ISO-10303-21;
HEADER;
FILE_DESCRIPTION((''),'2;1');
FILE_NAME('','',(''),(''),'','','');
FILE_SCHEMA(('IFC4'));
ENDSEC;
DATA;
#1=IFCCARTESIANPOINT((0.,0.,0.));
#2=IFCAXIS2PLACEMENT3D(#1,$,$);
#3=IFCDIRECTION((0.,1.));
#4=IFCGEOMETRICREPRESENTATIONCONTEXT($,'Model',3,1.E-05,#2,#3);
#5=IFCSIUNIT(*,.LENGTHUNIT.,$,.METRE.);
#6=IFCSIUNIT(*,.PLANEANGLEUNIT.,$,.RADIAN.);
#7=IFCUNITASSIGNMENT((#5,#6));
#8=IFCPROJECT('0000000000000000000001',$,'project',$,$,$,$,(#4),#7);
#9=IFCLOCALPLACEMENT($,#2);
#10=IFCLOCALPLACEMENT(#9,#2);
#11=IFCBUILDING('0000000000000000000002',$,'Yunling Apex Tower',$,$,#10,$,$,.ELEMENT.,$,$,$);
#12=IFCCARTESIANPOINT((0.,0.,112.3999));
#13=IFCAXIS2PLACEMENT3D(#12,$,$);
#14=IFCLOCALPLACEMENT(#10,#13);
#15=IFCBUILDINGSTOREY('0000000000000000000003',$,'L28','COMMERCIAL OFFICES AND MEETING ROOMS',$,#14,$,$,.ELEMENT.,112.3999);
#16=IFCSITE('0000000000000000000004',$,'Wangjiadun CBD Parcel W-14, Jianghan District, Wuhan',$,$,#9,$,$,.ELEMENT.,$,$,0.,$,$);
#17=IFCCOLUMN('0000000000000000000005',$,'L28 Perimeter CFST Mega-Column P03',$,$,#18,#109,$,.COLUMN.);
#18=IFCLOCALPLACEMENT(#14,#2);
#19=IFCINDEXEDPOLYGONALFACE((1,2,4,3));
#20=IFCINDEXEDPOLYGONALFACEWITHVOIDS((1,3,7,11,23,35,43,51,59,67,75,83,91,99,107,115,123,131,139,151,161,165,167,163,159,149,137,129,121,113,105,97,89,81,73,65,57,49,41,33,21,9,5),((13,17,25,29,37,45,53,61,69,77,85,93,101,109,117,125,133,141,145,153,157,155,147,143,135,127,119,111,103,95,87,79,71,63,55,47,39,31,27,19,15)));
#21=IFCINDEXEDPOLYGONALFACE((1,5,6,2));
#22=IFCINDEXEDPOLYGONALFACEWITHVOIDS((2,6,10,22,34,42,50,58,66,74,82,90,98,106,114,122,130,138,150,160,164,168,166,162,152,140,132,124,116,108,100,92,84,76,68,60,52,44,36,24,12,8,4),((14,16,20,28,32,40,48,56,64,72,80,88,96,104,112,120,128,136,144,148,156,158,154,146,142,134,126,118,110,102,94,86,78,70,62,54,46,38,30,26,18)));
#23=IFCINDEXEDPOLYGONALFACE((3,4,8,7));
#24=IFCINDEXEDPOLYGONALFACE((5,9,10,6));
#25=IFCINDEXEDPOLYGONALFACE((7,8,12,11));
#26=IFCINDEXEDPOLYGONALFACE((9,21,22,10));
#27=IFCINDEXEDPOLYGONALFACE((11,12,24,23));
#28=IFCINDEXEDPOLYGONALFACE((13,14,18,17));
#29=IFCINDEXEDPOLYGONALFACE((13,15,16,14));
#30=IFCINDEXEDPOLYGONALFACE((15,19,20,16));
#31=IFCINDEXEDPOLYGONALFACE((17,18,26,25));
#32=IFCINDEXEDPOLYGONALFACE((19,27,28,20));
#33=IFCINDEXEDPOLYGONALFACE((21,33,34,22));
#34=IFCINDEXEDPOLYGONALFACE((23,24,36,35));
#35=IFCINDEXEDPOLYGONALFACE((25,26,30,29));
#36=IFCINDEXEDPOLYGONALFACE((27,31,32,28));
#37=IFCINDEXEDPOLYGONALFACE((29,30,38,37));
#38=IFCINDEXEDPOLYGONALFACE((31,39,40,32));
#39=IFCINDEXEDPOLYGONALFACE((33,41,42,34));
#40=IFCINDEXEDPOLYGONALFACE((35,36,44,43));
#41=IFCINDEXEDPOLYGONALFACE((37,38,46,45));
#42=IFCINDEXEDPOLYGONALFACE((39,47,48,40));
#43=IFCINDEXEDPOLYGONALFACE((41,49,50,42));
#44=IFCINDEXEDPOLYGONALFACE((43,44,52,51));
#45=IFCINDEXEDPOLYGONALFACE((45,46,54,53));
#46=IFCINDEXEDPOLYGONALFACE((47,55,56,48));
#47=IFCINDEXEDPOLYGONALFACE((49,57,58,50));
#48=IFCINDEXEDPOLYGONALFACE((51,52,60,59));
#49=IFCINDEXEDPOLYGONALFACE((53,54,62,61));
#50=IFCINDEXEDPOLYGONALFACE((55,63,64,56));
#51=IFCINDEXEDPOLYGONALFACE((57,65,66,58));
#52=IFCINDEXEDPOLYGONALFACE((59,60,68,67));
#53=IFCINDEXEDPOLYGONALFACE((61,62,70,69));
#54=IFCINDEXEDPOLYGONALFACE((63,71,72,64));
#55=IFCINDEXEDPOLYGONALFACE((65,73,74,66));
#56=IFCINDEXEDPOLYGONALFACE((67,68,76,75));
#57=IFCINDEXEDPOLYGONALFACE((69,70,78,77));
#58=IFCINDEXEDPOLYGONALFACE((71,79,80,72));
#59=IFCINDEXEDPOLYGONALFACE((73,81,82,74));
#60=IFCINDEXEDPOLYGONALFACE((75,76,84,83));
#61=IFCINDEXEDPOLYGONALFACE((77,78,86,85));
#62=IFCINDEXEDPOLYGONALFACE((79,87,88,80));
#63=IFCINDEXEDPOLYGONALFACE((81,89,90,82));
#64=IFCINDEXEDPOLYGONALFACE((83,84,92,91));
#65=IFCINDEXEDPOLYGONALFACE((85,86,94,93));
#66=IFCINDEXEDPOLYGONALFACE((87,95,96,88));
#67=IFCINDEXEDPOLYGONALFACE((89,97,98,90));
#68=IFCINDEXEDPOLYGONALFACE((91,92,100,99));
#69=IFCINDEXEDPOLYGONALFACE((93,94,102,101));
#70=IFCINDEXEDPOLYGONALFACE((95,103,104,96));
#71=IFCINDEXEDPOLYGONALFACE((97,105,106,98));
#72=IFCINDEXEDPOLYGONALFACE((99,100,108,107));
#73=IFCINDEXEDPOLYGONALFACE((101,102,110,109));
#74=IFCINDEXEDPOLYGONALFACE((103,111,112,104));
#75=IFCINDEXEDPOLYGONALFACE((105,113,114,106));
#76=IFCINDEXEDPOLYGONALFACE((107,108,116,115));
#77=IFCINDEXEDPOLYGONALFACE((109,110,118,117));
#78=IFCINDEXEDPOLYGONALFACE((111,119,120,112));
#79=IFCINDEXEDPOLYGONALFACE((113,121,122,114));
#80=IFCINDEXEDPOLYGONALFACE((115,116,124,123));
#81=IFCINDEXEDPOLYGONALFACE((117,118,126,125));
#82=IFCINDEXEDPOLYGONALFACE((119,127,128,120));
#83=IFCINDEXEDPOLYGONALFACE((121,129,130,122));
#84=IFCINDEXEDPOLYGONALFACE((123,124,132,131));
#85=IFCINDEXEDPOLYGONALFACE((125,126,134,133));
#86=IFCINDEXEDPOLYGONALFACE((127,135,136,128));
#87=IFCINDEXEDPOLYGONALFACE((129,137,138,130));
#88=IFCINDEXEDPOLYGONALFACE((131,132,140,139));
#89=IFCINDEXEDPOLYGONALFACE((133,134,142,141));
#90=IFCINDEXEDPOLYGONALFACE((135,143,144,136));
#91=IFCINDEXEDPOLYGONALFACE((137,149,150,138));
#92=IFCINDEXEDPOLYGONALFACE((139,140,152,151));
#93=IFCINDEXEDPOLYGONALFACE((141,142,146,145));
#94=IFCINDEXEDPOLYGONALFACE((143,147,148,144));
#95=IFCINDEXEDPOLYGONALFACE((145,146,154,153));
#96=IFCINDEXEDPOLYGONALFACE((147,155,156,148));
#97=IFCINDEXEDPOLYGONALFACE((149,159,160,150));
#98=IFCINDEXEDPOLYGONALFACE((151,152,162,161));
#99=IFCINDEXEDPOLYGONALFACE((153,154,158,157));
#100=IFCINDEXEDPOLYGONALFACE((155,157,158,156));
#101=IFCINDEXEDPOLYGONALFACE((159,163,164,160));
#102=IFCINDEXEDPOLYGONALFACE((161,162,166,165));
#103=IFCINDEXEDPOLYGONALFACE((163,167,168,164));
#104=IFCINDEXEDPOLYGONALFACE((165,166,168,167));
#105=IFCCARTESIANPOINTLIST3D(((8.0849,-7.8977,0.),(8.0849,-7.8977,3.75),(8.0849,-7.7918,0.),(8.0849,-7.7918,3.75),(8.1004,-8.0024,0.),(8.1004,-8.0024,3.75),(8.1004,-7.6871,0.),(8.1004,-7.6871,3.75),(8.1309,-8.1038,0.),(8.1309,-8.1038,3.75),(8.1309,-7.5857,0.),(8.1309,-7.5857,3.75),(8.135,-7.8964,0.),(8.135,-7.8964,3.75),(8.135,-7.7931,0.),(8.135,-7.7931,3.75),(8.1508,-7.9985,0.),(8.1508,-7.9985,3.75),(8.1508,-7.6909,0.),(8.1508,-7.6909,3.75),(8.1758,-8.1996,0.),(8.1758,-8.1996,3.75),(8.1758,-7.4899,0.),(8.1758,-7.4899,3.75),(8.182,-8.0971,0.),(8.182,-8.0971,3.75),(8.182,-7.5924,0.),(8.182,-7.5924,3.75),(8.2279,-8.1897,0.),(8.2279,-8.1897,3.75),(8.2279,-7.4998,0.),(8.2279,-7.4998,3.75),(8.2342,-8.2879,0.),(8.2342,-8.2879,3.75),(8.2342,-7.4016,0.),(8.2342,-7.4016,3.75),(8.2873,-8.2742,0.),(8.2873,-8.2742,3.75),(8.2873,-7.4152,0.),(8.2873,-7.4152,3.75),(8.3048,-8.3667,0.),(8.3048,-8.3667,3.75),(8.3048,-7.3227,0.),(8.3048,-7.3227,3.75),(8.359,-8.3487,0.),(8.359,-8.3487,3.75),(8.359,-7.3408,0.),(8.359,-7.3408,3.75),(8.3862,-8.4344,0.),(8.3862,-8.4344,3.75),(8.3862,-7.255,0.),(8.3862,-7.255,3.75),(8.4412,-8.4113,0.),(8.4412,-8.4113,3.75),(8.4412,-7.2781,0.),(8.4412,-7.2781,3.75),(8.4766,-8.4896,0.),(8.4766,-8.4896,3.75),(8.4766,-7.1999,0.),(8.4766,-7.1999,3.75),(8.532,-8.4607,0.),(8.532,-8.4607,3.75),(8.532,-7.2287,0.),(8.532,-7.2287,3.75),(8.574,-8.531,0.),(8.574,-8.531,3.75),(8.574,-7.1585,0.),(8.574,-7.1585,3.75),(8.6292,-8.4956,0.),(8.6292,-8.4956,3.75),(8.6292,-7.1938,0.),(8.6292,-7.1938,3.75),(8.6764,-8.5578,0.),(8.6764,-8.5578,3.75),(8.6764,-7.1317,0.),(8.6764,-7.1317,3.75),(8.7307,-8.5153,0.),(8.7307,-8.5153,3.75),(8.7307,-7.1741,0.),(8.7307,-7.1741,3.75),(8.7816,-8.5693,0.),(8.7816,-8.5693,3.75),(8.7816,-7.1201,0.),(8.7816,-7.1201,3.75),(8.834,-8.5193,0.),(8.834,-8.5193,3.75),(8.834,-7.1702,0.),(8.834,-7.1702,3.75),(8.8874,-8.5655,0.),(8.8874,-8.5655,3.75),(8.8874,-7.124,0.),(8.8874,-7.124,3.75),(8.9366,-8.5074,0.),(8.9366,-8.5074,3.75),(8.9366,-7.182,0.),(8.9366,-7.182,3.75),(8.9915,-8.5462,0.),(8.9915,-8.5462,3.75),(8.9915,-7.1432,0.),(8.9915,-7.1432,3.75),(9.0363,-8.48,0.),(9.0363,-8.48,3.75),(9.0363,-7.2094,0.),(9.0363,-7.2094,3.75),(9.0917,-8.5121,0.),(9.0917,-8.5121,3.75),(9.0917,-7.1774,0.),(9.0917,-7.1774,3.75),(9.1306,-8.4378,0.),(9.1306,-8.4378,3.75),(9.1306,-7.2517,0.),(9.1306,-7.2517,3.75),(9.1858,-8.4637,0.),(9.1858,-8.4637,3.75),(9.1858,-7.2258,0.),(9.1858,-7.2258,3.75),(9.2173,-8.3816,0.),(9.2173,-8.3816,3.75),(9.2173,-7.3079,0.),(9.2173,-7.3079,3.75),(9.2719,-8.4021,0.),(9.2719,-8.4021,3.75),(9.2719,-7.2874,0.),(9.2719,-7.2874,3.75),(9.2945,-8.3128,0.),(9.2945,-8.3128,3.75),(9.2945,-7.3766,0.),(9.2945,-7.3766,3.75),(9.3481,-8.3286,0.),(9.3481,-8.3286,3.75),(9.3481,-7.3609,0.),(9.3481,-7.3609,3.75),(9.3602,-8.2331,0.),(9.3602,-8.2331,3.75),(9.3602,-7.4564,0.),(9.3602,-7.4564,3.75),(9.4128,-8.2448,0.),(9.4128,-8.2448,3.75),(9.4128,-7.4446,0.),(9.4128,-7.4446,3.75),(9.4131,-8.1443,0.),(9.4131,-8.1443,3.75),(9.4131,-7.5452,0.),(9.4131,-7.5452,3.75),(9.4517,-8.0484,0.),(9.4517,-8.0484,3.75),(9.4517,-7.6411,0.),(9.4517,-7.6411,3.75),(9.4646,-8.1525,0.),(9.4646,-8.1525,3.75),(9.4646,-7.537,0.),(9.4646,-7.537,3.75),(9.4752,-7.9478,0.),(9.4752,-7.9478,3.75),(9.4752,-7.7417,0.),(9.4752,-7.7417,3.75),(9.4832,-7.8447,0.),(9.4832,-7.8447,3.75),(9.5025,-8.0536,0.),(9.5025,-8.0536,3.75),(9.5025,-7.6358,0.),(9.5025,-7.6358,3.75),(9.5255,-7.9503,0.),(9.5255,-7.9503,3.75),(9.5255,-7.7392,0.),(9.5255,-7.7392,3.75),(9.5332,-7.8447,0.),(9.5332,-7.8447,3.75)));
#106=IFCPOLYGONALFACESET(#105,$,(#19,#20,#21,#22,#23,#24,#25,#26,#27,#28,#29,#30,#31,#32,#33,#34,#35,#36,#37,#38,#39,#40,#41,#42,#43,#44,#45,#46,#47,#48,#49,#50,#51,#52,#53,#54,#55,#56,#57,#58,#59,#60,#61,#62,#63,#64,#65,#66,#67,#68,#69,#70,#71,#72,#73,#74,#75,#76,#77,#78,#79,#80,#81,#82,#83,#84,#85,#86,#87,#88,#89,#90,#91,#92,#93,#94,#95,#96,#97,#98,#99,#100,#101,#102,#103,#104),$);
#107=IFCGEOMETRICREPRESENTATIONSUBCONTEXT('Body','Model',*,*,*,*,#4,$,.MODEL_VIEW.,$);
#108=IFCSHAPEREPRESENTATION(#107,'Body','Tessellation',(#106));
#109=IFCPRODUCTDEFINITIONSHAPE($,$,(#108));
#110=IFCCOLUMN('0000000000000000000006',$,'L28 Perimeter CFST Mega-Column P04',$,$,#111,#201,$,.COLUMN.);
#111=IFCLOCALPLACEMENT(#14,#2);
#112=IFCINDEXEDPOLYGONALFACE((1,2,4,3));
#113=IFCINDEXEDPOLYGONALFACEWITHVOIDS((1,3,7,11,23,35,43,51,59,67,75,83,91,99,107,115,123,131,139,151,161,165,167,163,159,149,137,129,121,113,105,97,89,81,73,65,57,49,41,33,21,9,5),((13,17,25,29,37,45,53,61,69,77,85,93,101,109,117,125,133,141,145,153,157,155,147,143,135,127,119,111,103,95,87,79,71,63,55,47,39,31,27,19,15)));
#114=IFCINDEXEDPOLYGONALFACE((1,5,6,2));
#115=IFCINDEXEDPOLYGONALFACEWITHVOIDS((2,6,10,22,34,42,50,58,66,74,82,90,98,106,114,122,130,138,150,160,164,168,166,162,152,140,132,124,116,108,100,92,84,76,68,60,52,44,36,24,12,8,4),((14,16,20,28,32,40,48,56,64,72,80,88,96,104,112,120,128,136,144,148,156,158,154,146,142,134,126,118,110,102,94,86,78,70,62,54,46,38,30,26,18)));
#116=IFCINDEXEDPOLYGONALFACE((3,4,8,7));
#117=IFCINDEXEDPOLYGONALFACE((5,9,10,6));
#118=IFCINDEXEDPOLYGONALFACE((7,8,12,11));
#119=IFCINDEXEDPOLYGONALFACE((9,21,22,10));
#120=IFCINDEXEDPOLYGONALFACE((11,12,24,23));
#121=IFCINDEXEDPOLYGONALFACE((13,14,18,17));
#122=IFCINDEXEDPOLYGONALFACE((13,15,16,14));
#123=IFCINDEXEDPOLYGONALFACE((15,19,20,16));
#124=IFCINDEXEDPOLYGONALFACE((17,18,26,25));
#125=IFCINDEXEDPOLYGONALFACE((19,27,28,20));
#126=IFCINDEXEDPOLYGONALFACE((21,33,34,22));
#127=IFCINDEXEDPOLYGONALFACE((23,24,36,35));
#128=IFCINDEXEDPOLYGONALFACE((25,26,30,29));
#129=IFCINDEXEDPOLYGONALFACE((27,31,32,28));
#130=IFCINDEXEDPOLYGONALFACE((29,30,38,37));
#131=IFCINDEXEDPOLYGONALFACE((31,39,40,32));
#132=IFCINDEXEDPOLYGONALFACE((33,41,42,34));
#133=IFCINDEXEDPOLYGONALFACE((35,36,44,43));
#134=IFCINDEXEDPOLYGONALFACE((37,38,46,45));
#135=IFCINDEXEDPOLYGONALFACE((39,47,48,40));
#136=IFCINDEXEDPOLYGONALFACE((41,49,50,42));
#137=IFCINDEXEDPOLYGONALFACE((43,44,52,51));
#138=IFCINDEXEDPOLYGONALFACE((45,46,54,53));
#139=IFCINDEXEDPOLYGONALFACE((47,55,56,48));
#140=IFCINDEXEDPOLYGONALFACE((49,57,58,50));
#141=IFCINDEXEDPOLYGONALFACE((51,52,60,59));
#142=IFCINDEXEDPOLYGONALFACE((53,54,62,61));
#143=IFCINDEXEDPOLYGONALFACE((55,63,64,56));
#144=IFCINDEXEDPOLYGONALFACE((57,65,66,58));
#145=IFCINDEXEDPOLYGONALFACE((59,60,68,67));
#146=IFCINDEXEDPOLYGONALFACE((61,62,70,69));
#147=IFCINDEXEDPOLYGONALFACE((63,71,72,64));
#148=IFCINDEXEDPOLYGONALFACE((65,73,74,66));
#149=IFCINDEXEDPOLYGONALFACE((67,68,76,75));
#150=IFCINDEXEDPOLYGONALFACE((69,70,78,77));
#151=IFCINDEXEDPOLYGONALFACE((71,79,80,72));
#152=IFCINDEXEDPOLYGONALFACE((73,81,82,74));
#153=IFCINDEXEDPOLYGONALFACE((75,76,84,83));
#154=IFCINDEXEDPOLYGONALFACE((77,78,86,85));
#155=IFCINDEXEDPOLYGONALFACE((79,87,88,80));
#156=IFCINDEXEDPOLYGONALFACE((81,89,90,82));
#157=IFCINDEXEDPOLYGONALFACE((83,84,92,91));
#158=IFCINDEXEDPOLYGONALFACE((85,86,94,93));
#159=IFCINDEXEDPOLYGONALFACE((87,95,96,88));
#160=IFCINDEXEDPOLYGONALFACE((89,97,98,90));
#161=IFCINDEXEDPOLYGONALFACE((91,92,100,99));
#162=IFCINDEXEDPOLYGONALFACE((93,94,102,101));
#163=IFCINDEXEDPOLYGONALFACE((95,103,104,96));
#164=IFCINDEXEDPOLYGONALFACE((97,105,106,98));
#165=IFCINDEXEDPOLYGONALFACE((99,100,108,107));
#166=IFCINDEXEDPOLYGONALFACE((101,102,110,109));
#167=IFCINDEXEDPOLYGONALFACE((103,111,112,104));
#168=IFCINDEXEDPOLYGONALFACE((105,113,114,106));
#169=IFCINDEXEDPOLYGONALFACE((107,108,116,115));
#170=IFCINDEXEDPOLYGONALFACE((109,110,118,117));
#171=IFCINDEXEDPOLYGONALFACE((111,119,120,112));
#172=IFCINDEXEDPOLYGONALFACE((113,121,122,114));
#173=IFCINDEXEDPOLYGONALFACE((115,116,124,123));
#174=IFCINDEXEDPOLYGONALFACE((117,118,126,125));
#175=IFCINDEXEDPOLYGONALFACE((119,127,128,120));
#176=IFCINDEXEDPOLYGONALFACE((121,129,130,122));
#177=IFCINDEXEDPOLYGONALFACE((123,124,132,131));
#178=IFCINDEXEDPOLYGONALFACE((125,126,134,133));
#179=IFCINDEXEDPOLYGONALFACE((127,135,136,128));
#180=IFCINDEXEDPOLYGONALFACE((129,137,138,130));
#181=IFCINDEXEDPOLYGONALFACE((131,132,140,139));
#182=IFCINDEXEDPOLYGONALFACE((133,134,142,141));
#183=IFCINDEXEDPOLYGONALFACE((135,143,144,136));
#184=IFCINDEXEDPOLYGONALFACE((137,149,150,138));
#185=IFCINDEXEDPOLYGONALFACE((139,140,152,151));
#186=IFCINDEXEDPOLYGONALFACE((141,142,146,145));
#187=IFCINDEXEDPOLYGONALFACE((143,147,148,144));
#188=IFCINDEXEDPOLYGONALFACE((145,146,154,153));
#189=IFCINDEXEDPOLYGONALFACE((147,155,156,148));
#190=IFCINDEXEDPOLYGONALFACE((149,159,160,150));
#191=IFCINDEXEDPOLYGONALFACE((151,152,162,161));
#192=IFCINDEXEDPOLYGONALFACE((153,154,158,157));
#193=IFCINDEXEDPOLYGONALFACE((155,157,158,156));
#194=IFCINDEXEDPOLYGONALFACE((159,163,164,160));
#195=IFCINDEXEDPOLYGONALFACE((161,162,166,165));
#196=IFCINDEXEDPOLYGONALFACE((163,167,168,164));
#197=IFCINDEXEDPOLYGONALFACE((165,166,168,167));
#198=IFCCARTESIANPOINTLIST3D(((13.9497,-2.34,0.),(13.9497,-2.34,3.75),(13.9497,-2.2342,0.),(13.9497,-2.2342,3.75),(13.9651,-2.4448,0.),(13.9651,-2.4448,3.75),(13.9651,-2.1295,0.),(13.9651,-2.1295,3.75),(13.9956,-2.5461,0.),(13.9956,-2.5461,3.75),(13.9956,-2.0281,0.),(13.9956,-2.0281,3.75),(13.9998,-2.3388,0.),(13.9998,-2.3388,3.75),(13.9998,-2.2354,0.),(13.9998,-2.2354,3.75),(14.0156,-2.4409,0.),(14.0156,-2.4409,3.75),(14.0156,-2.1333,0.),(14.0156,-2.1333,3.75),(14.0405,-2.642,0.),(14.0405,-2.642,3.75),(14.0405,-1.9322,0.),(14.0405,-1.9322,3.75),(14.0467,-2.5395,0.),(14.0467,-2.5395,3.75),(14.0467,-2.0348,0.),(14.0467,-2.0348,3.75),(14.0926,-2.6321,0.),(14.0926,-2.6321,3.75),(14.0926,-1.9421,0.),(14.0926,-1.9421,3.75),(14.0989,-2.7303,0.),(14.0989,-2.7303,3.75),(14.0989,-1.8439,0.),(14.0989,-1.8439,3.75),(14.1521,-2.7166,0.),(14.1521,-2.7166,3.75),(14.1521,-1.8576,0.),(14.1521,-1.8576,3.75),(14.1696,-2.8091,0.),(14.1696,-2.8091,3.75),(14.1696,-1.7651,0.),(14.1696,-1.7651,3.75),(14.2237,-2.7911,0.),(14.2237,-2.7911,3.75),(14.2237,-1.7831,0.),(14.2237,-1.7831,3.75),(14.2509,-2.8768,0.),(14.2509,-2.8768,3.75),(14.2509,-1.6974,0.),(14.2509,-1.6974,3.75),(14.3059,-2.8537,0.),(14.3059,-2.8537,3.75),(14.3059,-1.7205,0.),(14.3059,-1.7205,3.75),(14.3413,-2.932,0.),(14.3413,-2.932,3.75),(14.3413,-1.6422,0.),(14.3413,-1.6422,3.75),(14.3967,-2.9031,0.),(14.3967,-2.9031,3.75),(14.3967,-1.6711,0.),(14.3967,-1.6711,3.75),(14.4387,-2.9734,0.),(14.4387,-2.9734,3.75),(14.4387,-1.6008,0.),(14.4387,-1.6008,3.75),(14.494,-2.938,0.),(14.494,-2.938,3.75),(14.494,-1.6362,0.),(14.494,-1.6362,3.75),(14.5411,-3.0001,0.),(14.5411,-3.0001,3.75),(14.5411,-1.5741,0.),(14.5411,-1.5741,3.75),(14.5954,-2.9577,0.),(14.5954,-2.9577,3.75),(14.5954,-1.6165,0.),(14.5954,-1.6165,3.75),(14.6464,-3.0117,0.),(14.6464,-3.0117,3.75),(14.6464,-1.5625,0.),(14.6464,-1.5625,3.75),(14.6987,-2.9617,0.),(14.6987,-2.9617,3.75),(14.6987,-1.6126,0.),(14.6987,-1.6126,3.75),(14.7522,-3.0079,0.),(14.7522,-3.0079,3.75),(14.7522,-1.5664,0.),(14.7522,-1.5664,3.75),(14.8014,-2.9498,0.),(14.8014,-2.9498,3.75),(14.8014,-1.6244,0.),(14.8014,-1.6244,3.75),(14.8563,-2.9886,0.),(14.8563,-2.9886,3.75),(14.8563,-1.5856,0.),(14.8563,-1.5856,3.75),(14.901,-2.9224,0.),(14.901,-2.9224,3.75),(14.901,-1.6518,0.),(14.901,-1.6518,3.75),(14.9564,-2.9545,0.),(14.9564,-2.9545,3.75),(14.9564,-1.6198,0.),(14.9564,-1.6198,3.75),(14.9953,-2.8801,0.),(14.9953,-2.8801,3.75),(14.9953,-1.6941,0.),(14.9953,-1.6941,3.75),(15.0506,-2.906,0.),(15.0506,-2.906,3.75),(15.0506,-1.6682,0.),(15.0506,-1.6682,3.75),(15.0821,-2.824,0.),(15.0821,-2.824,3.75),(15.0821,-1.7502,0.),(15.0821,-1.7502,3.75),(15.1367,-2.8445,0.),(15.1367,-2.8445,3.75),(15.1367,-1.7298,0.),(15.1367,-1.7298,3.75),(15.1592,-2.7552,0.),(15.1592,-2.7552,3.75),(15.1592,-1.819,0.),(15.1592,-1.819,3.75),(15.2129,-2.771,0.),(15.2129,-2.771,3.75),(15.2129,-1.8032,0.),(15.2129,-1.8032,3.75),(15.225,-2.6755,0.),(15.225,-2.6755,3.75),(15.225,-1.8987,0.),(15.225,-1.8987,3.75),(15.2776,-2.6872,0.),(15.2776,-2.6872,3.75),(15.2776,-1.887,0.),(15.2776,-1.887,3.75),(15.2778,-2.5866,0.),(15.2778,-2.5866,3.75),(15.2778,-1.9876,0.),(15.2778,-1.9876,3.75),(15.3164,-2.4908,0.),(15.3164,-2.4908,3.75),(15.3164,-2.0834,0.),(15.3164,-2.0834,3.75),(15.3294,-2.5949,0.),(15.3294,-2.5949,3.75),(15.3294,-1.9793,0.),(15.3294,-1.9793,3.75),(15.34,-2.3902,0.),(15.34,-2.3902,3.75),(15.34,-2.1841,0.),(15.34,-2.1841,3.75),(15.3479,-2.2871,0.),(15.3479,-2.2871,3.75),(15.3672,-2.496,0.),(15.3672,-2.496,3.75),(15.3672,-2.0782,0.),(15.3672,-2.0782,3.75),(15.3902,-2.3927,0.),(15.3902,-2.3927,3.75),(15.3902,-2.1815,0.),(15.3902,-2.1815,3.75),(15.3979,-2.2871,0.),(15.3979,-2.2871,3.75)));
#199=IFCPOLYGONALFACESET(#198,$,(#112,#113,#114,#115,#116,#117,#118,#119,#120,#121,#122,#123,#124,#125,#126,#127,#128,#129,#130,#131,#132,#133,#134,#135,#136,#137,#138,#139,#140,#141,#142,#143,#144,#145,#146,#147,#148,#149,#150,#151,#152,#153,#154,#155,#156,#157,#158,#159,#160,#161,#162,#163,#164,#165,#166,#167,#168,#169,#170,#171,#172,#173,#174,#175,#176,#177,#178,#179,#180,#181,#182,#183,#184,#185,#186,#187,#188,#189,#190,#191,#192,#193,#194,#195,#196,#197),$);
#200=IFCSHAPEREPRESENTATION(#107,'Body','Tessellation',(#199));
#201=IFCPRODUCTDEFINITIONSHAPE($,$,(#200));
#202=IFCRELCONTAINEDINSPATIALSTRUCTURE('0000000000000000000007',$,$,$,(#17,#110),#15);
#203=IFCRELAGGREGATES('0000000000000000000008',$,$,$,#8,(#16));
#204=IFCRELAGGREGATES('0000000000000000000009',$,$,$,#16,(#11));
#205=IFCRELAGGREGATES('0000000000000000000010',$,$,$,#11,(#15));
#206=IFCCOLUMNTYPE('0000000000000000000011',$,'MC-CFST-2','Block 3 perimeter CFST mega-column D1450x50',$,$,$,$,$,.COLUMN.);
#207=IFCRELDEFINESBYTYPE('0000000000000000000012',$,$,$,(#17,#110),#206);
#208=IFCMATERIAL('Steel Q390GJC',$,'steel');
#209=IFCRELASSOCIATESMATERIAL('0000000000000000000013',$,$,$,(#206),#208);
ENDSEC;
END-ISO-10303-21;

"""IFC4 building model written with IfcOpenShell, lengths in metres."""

from ifc_helpers import new_model, si_unit, direction, frame, origin, origin_2d, place, context, subcontext, project, spatial, hollow_circle, extrude, source, transform, mapped, material, material_profile, profile_set, type_object, element, save


model = new_model("IFC4")

# Units and contexts
model_context = context("Model", 3, precision=1e-05, world=origin(), true_north=direction((0.0, 1.0)))
body_context = subcontext(model_context, "Body", "Model", "MODEL_VIEW")
ifc_project = project(units=[si_unit("LENGTHUNIT", "METRE"), si_unit("PLANEANGLEUNIT", "RADIAN")], contexts=[model_context])

# Site, building, storey
site_placement = place(None, origin())
site = spatial("IfcSite", under=ifc_project, at=site_placement, Name="Wangjiadun CBD Parcel W-14, Jianghan District, Wuhan", CompositionType="ELEMENT", RefElevation=0.0)
building_placement = place(site_placement, origin())
building = spatial("IfcBuilding", under=site, at=building_placement, Name="Yunling Apex Tower", CompositionType="ELEMENT")
storey_placement = place(building_placement, frame((0.0, 0.0, 112.3999)))
storey = spatial("IfcBuildingStorey", under=building, at=storey_placement, Name="L28", Description="COMMERCIAL OFFICES AND MEETING ROOMS", CompositionType="ELEMENT", Elevation=112.3999)

# Columns
ifc_material_1 = material(Name="Steel Q390GJC", Category="steel")
ifc_material_profile_1 = material_profile(ifc_material_1, hollow_circle(Radius=0.7251, WallThickness=0.05, at=origin_2d()))
ifc_profile_set_1 = profile_set([ifc_material_profile_1], Name="Steel Q390GJC")
column_type = type_object("IfcColumnType", Name="MC-CFST-2", Description="Block 3 perimeter CFST mega-column D1450x50", PredefinedType="COLUMN", material=ifc_profile_set_1)
shared_shape_1 = source(origin(), body_context, "Body", "SweptSolid", [
    extrude(hollow_circle(Radius=0.7251, WallThickness=0.05, at=origin_2d()), origin(), (0.0, 0.0, 1.0), 3.75),
])
for number, where, z_axis, x_axis, name in (
    (1, (8.8081, -7.8447, 0.0), (0.0, 0.0, 1.0), (1.0, 0.0, 0.0), "L28 Perimeter CFST Mega-Column P03"),
    (2, (14.6729, -2.2871, 0.0), (0.0, 0.0, 1.0), (1.0, 0.0, 0.0), "L28 Perimeter CFST Mega-Column P04"),
):
    element("IfcColumn", number, at=place(storey_placement, frame(where, z_axis=z_axis, x_axis=x_axis)), inside=storey, type_object=column_type, Name=name, PredefinedType="COLUMN", context=body_context, shape_type="MappedRepresentation", body=[
        mapped(shared_shape_1, transform((0.0, 0.0, 0.0), scale=1.0)),
    ])

save(model, "model.ifc")
